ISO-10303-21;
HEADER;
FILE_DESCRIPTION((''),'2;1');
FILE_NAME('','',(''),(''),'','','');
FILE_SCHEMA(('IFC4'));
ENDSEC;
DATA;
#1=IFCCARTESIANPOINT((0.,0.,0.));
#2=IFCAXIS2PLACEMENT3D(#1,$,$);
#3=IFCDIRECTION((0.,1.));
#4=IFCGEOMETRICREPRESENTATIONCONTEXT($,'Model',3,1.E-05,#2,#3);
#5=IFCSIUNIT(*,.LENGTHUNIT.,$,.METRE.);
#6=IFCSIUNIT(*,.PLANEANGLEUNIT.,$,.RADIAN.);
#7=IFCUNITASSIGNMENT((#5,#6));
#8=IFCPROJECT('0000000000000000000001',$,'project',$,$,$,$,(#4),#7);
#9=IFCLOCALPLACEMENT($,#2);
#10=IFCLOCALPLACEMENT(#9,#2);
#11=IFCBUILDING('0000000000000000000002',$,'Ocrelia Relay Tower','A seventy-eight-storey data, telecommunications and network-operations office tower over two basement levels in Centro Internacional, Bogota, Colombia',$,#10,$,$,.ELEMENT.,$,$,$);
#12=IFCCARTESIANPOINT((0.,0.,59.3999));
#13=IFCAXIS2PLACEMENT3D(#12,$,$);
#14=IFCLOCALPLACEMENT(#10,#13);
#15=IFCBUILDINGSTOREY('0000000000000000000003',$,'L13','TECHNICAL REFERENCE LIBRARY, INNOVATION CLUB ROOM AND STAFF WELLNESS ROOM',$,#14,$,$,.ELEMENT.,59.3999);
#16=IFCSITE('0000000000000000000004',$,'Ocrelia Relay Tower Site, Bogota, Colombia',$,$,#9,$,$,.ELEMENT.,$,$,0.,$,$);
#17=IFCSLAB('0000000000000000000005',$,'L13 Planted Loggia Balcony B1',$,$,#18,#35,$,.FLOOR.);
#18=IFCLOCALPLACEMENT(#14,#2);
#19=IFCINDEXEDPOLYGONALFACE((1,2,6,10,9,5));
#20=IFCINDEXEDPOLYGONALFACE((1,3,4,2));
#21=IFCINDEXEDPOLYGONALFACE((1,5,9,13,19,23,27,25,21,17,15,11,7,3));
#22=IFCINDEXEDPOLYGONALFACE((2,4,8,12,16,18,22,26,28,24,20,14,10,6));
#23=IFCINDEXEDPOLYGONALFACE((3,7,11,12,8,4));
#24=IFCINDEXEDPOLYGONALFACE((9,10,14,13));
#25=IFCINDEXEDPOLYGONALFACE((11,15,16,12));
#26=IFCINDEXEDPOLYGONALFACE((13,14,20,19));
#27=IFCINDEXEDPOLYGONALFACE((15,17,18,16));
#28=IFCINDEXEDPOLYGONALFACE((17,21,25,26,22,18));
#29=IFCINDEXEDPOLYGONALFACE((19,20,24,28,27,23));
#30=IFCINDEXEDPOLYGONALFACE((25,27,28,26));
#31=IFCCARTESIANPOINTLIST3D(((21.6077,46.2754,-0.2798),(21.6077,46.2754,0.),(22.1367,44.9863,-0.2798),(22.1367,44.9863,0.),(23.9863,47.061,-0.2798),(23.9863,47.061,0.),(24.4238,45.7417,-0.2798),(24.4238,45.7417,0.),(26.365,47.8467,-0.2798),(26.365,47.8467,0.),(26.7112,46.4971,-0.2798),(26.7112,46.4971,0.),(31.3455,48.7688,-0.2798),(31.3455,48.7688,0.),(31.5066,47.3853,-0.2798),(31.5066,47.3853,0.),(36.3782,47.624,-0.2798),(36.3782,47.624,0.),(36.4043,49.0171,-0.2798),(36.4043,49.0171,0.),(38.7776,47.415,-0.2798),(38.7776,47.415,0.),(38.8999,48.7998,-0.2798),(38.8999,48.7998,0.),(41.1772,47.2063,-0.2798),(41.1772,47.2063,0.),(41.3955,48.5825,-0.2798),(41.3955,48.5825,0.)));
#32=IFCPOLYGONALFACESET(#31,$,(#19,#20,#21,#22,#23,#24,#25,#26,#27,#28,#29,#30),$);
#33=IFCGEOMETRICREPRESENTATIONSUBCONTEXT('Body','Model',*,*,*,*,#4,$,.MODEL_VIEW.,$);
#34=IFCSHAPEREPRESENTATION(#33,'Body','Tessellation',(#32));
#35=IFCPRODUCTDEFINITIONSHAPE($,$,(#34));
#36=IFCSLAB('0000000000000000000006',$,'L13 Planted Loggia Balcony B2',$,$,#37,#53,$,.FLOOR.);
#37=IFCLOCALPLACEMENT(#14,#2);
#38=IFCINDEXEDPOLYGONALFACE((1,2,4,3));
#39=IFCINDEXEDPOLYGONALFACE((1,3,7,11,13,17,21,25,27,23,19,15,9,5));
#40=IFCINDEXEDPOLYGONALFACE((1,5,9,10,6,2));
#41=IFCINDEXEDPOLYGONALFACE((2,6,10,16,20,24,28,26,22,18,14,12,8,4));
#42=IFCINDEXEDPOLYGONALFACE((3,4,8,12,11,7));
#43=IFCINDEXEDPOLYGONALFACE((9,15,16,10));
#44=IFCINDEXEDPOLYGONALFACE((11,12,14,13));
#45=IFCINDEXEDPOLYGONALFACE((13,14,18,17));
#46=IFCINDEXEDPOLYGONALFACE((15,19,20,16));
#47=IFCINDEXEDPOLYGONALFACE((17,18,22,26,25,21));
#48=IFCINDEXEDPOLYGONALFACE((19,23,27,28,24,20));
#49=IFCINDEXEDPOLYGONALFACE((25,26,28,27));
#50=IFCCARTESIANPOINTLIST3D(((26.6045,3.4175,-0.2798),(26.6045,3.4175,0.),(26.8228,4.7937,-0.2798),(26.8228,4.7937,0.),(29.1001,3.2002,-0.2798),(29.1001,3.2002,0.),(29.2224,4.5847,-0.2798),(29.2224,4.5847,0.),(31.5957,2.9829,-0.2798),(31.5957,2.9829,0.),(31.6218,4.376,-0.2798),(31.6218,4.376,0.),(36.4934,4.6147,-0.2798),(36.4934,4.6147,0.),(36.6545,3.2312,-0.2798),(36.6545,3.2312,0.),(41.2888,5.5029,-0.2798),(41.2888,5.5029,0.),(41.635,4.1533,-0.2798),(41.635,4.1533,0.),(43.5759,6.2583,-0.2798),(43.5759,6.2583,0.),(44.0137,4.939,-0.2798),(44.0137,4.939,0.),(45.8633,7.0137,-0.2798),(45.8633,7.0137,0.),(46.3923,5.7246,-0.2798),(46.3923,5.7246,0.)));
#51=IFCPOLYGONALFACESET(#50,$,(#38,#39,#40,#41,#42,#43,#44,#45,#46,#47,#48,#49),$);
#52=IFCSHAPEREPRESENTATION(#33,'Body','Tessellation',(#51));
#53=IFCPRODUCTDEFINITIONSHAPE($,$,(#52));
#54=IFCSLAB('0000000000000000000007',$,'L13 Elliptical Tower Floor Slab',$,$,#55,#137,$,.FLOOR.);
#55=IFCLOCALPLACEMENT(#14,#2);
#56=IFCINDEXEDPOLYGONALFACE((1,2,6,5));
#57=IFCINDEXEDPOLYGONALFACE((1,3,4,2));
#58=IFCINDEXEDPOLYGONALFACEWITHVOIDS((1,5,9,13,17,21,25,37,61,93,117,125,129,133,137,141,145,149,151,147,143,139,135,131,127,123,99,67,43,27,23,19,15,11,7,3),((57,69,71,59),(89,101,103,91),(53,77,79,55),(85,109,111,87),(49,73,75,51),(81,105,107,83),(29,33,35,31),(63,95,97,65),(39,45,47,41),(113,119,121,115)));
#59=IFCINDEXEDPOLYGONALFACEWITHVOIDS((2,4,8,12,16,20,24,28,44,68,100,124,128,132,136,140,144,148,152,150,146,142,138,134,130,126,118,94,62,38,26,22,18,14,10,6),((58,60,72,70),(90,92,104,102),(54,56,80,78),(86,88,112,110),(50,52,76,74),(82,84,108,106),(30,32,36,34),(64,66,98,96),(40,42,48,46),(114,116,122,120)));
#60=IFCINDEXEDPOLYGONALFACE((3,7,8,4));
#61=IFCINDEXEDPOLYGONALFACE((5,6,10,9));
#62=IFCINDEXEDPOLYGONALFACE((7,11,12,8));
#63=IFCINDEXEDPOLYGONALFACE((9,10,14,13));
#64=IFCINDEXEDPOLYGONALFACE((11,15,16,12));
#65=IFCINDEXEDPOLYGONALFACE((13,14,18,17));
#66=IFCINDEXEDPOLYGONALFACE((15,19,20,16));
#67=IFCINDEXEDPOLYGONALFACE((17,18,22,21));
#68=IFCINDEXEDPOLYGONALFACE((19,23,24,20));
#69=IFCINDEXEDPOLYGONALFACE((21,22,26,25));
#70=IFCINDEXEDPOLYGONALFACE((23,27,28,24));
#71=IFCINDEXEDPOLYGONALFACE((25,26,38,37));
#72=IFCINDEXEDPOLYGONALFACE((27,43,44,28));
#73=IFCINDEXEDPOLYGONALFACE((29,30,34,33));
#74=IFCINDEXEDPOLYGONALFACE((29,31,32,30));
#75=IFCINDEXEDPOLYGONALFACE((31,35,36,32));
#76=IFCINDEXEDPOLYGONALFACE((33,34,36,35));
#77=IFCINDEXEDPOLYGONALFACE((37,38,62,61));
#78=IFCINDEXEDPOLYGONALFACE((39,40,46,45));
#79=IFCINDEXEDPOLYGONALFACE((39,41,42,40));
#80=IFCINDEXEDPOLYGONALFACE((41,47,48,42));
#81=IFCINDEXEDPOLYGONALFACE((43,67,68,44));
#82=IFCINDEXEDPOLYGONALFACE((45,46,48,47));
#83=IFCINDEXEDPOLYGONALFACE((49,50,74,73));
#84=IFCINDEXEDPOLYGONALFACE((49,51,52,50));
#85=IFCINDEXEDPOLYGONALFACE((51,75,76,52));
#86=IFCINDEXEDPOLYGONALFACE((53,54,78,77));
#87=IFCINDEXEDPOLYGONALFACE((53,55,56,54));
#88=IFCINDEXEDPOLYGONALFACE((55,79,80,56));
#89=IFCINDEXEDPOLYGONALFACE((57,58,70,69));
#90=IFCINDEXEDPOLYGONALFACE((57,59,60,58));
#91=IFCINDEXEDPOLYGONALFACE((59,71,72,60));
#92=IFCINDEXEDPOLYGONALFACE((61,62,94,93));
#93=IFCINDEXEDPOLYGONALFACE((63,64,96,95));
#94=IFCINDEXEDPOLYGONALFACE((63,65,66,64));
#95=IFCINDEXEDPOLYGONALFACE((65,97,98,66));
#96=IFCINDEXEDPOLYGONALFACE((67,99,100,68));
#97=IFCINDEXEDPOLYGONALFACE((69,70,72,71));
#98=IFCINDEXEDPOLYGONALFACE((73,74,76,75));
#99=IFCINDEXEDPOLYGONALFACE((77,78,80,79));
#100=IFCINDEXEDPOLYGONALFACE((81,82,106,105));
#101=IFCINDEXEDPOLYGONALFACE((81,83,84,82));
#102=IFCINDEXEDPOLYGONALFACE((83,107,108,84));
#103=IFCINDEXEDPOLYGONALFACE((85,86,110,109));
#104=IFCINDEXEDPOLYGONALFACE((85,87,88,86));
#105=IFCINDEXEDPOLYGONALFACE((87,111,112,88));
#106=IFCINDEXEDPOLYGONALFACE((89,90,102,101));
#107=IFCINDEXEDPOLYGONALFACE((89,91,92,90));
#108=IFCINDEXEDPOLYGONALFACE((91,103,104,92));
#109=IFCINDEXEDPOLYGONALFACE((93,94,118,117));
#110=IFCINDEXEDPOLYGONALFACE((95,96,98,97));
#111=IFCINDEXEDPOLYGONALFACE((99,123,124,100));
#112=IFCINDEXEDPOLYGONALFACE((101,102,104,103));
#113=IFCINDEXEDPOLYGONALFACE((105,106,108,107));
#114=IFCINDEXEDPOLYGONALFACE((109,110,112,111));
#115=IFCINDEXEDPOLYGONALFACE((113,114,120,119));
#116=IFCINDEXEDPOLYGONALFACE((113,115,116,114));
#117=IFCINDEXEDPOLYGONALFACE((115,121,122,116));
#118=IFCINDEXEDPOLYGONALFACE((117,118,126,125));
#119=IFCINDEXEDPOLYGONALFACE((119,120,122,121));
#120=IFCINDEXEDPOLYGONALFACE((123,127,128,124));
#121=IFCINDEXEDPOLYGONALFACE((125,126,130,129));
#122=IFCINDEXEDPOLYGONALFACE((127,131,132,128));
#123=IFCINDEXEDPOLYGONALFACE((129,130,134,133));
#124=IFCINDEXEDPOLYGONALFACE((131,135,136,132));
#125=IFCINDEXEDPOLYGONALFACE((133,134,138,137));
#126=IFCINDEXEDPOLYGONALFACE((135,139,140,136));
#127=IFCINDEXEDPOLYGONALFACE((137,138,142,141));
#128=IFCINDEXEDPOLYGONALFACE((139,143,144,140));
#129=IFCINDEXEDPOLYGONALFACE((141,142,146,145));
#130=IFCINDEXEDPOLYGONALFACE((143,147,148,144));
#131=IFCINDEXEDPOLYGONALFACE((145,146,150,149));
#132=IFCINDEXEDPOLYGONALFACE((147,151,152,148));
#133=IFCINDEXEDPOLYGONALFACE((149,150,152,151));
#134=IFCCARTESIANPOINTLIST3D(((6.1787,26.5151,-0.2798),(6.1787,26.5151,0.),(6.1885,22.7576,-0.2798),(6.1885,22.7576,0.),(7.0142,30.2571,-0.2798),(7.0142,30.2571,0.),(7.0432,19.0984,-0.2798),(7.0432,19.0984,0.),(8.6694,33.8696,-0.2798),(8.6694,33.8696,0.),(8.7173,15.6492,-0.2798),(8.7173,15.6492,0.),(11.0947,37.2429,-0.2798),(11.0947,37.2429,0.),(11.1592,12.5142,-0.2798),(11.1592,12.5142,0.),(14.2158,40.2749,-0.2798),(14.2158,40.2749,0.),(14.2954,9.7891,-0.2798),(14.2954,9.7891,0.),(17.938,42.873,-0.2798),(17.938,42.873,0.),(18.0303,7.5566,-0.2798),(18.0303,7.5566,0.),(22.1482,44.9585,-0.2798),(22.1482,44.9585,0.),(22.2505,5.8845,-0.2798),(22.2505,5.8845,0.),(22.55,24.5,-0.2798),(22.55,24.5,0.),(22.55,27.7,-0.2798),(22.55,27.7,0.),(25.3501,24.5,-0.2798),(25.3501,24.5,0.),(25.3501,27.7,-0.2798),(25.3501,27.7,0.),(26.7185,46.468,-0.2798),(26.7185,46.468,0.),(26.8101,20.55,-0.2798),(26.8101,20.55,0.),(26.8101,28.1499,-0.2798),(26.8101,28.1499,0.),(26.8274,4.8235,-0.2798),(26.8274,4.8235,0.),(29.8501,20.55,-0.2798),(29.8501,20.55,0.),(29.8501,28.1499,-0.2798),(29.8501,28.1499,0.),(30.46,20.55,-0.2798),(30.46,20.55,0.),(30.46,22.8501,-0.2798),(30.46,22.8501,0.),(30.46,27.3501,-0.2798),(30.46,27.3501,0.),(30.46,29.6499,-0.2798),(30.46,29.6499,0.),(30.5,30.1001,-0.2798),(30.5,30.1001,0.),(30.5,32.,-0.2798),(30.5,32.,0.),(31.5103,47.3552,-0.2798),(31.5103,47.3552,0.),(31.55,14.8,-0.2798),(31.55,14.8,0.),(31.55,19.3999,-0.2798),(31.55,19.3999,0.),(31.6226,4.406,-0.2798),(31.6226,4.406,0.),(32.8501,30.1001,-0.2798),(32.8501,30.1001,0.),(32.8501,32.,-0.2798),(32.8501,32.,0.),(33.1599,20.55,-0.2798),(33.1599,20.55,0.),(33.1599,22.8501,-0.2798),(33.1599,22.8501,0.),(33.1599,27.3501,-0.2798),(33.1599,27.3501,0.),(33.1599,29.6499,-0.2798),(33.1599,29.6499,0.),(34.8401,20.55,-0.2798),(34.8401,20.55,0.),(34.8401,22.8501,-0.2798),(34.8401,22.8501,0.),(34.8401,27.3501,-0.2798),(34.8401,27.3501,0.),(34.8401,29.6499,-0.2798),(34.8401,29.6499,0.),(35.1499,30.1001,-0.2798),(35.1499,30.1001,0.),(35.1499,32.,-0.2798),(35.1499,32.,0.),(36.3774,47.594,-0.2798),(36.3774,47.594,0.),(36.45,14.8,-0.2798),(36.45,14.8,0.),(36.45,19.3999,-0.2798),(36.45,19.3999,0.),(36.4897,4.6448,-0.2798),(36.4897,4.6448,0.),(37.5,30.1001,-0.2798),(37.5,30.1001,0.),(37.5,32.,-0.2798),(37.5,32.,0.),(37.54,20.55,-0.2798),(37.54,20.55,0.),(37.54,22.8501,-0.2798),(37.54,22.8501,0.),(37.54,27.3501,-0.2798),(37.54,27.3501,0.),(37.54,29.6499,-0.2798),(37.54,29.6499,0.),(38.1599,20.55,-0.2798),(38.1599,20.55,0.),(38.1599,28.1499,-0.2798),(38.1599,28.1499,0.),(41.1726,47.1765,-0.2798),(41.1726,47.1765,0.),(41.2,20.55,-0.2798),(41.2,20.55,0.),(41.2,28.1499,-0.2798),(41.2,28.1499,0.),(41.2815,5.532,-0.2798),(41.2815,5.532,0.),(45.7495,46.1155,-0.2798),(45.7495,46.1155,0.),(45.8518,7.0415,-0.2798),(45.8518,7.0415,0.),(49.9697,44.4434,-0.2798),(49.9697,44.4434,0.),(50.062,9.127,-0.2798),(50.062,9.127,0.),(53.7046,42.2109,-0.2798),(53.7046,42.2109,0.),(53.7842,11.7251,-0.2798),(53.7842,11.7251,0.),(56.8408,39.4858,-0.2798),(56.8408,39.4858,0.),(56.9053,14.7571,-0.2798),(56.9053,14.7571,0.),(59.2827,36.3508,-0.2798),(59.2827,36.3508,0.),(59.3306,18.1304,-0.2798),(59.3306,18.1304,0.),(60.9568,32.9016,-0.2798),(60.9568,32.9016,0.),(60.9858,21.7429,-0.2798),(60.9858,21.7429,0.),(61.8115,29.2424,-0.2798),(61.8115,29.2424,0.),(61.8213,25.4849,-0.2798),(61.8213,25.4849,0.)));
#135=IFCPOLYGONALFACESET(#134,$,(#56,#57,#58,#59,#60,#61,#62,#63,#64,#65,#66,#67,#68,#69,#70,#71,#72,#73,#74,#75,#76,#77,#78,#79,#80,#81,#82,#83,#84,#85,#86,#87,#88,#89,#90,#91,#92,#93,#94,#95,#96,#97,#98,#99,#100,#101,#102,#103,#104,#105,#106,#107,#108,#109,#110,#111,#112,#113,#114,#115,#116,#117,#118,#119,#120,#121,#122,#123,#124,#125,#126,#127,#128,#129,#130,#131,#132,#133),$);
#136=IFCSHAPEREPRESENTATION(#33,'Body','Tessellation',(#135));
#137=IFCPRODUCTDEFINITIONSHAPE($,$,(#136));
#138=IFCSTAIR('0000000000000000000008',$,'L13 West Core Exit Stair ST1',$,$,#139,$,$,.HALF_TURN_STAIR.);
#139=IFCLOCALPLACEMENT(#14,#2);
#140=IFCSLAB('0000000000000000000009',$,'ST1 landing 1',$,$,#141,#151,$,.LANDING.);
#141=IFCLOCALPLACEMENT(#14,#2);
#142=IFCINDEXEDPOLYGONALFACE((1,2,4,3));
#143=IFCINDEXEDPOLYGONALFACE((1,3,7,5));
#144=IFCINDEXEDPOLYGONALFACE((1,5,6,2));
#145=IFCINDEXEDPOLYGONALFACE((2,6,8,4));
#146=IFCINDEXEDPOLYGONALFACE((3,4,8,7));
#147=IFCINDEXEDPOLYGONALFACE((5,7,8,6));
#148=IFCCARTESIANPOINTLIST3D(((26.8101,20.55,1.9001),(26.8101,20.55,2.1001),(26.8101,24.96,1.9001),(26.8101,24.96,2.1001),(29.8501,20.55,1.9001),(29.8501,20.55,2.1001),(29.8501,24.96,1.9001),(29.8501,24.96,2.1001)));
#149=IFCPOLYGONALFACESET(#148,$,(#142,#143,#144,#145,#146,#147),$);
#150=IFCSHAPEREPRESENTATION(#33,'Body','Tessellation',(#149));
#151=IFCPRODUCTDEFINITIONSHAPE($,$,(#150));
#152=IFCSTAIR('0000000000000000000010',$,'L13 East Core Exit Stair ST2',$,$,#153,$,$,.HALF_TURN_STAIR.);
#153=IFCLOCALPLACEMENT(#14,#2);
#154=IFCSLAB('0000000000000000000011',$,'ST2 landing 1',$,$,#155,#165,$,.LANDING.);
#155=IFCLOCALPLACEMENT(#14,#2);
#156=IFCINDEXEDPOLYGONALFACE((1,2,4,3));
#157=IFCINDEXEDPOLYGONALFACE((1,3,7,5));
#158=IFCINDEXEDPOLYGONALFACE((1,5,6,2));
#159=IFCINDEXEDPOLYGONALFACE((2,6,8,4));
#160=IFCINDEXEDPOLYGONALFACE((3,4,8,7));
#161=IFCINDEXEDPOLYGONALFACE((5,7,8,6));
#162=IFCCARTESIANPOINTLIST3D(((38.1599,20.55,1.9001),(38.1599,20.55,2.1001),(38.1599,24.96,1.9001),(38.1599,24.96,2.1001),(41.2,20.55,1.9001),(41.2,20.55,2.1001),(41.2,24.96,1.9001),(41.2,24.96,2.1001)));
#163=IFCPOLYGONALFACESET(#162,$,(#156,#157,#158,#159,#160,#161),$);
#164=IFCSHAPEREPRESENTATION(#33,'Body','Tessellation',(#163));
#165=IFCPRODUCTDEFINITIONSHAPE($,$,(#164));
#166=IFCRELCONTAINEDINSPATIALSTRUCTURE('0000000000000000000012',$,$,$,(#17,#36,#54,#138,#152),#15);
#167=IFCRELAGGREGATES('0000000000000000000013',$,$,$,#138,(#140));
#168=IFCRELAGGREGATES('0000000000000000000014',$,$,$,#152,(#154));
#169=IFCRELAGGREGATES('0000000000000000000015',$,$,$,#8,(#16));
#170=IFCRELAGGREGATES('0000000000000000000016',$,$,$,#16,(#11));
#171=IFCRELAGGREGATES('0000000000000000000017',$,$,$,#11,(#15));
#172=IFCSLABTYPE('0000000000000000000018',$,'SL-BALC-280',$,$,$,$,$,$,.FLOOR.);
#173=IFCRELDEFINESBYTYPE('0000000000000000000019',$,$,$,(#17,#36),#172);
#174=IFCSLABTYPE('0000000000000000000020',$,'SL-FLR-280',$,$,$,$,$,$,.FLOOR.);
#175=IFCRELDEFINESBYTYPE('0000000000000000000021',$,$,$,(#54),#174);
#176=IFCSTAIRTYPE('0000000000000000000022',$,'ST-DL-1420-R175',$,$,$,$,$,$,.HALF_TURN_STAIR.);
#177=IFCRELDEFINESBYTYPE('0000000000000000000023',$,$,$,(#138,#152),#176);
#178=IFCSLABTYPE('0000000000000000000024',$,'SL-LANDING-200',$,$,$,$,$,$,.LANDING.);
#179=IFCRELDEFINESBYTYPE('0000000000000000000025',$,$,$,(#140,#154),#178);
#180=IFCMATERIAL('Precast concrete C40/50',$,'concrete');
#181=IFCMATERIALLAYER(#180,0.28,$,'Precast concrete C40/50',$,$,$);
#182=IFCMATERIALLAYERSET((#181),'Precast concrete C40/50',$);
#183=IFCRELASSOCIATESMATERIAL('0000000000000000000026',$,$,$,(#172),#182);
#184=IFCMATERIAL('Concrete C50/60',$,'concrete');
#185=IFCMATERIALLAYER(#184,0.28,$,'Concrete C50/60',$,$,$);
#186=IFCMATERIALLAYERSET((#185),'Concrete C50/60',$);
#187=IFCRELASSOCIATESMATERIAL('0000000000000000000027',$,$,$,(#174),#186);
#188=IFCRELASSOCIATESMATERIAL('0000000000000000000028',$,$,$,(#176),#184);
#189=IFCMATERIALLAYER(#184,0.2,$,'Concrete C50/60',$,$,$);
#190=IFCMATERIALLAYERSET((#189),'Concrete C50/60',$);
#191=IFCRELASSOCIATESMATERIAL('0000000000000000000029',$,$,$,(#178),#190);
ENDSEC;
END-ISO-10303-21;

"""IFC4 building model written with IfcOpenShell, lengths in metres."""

from ifc_helpers import new_model, si_unit, direction, frame, origin, place, context, subcontext, project, spatial, polyline, outline, extrude, material, layer, layer_set, type_object, element, aggregate, save


model = new_model("IFC4")

# Units and contexts
model_context = context("Model", 3, precision=1e-05, world=origin(), true_north=direction((0.0, 1.0)))
body_context = subcontext(model_context, "Body", "Model", "MODEL_VIEW")
ifc_project = project(units=[si_unit("LENGTHUNIT", "METRE"), si_unit("PLANEANGLEUNIT", "RADIAN")], contexts=[model_context])

# Site, building, storey
site_placement = place(None, origin())
site = spatial("IfcSite", under=ifc_project, at=site_placement, Name="Ocrelia Relay Tower Site, Bogota, Colombia", CompositionType="ELEMENT", RefElevation=0.0)
building_placement = place(site_placement, origin())
building = spatial("IfcBuilding", under=site, at=building_placement, Name="Ocrelia Relay Tower", Description="A seventy-eight-storey data, telecommunications and network-operations office tower over two basement levels in Centro Internacional, Bogota, Colombia", CompositionType="ELEMENT")
storey_placement = place(building_placement, frame((0.0, 0.0, 59.3999)))
storey = spatial("IfcBuildingStorey", under=building, at=storey_placement, Name="L13", Description="TECHNICAL REFERENCE LIBRARY, INNOVATION CLUB ROOM AND STAFF WELLNESS ROOM", CompositionType="ELEMENT", Elevation=59.3999)

# Slabs
ifc_material_1 = material(Name="Precast concrete C40/50", Category="concrete")
ifc_layer_1 = layer(ifc_material_1, 0.28, Name="Precast concrete C40/50")
ifc_layer_set_1 = layer_set([ifc_layer_1], Name="Precast concrete C40/50")
slab_type_1 = type_object("IfcSlabType", Name="SL-BALC-280", PredefinedType="FLOOR", material=ifc_layer_set_1)
slab_1_placement = place(storey_placement, frame((0.0, 0.0, -0.2798)))
element("IfcSlab", 1, at=slab_1_placement, inside=storey, type_object=slab_type_1, Name="L13 Planted Loggia Balcony B1", PredefinedType="FLOOR", context=body_context, shape_type="SweptSolid", body=[
    extrude(outline(polyline([(41.1772, 47.2063), (38.7776, 47.415), (36.3782, 47.624), (31.5066, 47.3853), (26.7112, 46.4971), (24.4238, 45.7417), (22.1367, 44.9863), (21.6077, 46.2754), (23.9863, 47.061), (26.365, 47.8467), (31.3455, 48.7688), (36.4043, 49.0171), (38.8999, 48.7998), (41.3955, 48.5825), (41.1772, 47.2063)])), origin(), (0.0, 0.0, 1.0), 0.2798),
])
slab_2_placement = place(storey_placement, frame((0.0, 0.0, -0.2798)))
element("IfcSlab", 2, at=slab_2_placement, inside=storey, type_object=slab_type_1, Name="L13 Planted Loggia Balcony B2", PredefinedType="FLOOR", context=body_context, shape_type="SweptSolid", body=[
    extrude(outline(polyline([(26.8228, 4.7937), (29.2224, 4.5847), (31.6218, 4.376), (36.4934, 4.6147), (41.2888, 5.5029), (43.5759, 6.2583), (45.8633, 7.0137), (46.3923, 5.7246), (44.0137, 4.939), (41.635, 4.1533), (36.6545, 3.2312), (31.5957, 2.9829), (29.1001, 3.2002), (26.6045, 3.4175), (26.8228, 4.7937)])), origin(), (0.0, 0.0, 1.0), 0.2798),
])
ifc_material_2 = material(Name="Concrete C50/60", Category="concrete")
ifc_layer_2 = layer(ifc_material_2, 0.28, Name="Concrete C50/60")
ifc_layer_set_2 = layer_set([ifc_layer_2], Name="Concrete C50/60")
slab_type_2 = type_object("IfcSlabType", Name="SL-FLR-280", PredefinedType="FLOOR", material=ifc_layer_set_2)
slab_3_placement = place(storey_placement, frame((0.0, 0.0, -0.2798)))
element("IfcSlab", 3, at=slab_3_placement, inside=storey, type_object=slab_type_2, Name="L13 Elliptical Tower Floor Slab", PredefinedType="FLOOR", context=body_context, shape_type="SweptSolid", body=[
    extrude(outline(polyline([(61.8115, 29.2424), (60.9568, 32.9016), (59.2827, 36.3508), (56.8408, 39.4858), (53.7046, 42.2109), (49.9697, 44.4434), (45.7495, 46.1155), (41.1726, 47.1765), (36.3774, 47.594), (31.5103, 47.3552), (26.7185, 46.468), (22.1482, 44.9585), (17.938, 42.873), (14.2158, 40.2749), (11.0947, 37.2429), (8.6694, 33.8696), (7.0142, 30.2571), (6.1787, 26.5151), (6.1885, 22.7576), (7.0432, 19.0984), (8.7173, 15.6492), (11.1592, 12.5142), (14.2954, 9.7891), (18.0303, 7.5566), (22.2505, 5.8845), (26.8274, 4.8235), (31.6226, 4.406), (36.4897, 4.6448), (41.2815, 5.532), (45.8518, 7.0415), (50.062, 9.127), (53.7842, 11.7251), (56.9053, 14.7571), (59.3306, 18.1304), (60.9858, 21.7429), (61.8213, 25.4849), (61.8115, 29.2424)]), holes=[polyline([(26.8101, 28.1499), (26.8101, 20.55), (29.8501, 20.55), (29.8501, 28.1499), (26.8101, 28.1499)]), polyline([(38.1599, 28.1499), (38.1599, 20.55), (41.2, 20.55), (41.2, 28.1499), (38.1599, 28.1499)]), polyline([(30.46, 20.55), (33.1599, 20.55), (33.1599, 22.8501), (30.46, 22.8501), (30.46, 20.55)]), polyline([(34.8401, 20.55), (37.54, 20.55), (37.54, 22.8501), (34.8401, 22.8501), (34.8401, 20.55)]), polyline([(30.46, 27.3501), (33.1599, 27.3501), (33.1599, 29.6499), (30.46, 29.6499), (30.46, 27.3501)]), polyline([(34.8401, 27.3501), (37.54, 27.3501), (37.54, 29.6499), (34.8401, 29.6499), (34.8401, 27.3501)]), polyline([(30.5, 30.1001), (32.8501, 30.1001), (32.8501, 32.0), (30.5, 32.0), (30.5, 30.1001)]), polyline([(35.1499, 30.1001), (37.5, 30.1001), (37.5, 32.0), (35.1499, 32.0), (35.1499, 30.1001)]), polyline([(22.55, 24.5), (25.3501, 24.5), (25.3501, 27.7), (22.55, 27.7), (22.55, 24.5)]), polyline([(31.55, 14.8), (36.45, 14.8), (36.45, 19.3999), (31.55, 19.3999), (31.55, 14.8)])]), origin(), (0.0, 0.0, 1.0), 0.2798),
])

# Stairs, slabs
stair_type = type_object("IfcStairType", Name="ST-DL-1420-R175", PredefinedType="HALF_TURN_STAIR", material=ifc_material_2)
stair_1_placement = place(storey_placement, origin())
stair_1 = element("IfcStair", 4, at=stair_1_placement, inside=storey, type_object=stair_type, Name="L13 West Core Exit Stair ST1", PredefinedType="HALF_TURN_STAIR")
ifc_layer_3 = layer(ifc_material_2, 0.2, Name="Concrete C50/60")
ifc_layer_set_3 = layer_set([ifc_layer_3], Name="Concrete C50/60")
slab_type_3 = type_object("IfcSlabType", Name="SL-LANDING-200", PredefinedType="LANDING", material=ifc_layer_set_3)
slab_4_placement = place(storey_placement, frame((0.0, 0.0, 1.9001)))
slab_4 = element("IfcSlab", 5, at=slab_4_placement, type_object=slab_type_3, Name="ST1 landing 1", PredefinedType="LANDING", context=body_context, shape_type="SweptSolid", body=[
    extrude(outline(polyline([(26.8101, 24.96), (26.8101, 20.55), (29.8501, 20.55), (29.8501, 24.96), (26.8101, 24.96)])), origin(), (0.0, 0.0, 1.0), 0.2),
])
aggregate(stair_1, [slab_4])
stair_2_placement = place(storey_placement, origin())
stair_2 = element("IfcStair", 6, at=stair_2_placement, inside=storey, type_object=stair_type, Name="L13 East Core Exit Stair ST2", PredefinedType="HALF_TURN_STAIR")
slab_5_placement = place(storey_placement, frame((0.0, 0.0, 1.9001)))
slab_5 = element("IfcSlab", 7, at=slab_5_placement, type_object=slab_type_3, Name="ST2 landing 1", PredefinedType="LANDING", context=body_context, shape_type="SweptSolid", body=[
    extrude(outline(polyline([(38.1599, 24.96), (38.1599, 20.55), (41.2, 20.55), (41.2, 24.96), (38.1599, 24.96)])), origin(), (0.0, 0.0, 1.0), 0.2),
])
aggregate(stair_2, [slab_5])

save(model, "model.ifc")
